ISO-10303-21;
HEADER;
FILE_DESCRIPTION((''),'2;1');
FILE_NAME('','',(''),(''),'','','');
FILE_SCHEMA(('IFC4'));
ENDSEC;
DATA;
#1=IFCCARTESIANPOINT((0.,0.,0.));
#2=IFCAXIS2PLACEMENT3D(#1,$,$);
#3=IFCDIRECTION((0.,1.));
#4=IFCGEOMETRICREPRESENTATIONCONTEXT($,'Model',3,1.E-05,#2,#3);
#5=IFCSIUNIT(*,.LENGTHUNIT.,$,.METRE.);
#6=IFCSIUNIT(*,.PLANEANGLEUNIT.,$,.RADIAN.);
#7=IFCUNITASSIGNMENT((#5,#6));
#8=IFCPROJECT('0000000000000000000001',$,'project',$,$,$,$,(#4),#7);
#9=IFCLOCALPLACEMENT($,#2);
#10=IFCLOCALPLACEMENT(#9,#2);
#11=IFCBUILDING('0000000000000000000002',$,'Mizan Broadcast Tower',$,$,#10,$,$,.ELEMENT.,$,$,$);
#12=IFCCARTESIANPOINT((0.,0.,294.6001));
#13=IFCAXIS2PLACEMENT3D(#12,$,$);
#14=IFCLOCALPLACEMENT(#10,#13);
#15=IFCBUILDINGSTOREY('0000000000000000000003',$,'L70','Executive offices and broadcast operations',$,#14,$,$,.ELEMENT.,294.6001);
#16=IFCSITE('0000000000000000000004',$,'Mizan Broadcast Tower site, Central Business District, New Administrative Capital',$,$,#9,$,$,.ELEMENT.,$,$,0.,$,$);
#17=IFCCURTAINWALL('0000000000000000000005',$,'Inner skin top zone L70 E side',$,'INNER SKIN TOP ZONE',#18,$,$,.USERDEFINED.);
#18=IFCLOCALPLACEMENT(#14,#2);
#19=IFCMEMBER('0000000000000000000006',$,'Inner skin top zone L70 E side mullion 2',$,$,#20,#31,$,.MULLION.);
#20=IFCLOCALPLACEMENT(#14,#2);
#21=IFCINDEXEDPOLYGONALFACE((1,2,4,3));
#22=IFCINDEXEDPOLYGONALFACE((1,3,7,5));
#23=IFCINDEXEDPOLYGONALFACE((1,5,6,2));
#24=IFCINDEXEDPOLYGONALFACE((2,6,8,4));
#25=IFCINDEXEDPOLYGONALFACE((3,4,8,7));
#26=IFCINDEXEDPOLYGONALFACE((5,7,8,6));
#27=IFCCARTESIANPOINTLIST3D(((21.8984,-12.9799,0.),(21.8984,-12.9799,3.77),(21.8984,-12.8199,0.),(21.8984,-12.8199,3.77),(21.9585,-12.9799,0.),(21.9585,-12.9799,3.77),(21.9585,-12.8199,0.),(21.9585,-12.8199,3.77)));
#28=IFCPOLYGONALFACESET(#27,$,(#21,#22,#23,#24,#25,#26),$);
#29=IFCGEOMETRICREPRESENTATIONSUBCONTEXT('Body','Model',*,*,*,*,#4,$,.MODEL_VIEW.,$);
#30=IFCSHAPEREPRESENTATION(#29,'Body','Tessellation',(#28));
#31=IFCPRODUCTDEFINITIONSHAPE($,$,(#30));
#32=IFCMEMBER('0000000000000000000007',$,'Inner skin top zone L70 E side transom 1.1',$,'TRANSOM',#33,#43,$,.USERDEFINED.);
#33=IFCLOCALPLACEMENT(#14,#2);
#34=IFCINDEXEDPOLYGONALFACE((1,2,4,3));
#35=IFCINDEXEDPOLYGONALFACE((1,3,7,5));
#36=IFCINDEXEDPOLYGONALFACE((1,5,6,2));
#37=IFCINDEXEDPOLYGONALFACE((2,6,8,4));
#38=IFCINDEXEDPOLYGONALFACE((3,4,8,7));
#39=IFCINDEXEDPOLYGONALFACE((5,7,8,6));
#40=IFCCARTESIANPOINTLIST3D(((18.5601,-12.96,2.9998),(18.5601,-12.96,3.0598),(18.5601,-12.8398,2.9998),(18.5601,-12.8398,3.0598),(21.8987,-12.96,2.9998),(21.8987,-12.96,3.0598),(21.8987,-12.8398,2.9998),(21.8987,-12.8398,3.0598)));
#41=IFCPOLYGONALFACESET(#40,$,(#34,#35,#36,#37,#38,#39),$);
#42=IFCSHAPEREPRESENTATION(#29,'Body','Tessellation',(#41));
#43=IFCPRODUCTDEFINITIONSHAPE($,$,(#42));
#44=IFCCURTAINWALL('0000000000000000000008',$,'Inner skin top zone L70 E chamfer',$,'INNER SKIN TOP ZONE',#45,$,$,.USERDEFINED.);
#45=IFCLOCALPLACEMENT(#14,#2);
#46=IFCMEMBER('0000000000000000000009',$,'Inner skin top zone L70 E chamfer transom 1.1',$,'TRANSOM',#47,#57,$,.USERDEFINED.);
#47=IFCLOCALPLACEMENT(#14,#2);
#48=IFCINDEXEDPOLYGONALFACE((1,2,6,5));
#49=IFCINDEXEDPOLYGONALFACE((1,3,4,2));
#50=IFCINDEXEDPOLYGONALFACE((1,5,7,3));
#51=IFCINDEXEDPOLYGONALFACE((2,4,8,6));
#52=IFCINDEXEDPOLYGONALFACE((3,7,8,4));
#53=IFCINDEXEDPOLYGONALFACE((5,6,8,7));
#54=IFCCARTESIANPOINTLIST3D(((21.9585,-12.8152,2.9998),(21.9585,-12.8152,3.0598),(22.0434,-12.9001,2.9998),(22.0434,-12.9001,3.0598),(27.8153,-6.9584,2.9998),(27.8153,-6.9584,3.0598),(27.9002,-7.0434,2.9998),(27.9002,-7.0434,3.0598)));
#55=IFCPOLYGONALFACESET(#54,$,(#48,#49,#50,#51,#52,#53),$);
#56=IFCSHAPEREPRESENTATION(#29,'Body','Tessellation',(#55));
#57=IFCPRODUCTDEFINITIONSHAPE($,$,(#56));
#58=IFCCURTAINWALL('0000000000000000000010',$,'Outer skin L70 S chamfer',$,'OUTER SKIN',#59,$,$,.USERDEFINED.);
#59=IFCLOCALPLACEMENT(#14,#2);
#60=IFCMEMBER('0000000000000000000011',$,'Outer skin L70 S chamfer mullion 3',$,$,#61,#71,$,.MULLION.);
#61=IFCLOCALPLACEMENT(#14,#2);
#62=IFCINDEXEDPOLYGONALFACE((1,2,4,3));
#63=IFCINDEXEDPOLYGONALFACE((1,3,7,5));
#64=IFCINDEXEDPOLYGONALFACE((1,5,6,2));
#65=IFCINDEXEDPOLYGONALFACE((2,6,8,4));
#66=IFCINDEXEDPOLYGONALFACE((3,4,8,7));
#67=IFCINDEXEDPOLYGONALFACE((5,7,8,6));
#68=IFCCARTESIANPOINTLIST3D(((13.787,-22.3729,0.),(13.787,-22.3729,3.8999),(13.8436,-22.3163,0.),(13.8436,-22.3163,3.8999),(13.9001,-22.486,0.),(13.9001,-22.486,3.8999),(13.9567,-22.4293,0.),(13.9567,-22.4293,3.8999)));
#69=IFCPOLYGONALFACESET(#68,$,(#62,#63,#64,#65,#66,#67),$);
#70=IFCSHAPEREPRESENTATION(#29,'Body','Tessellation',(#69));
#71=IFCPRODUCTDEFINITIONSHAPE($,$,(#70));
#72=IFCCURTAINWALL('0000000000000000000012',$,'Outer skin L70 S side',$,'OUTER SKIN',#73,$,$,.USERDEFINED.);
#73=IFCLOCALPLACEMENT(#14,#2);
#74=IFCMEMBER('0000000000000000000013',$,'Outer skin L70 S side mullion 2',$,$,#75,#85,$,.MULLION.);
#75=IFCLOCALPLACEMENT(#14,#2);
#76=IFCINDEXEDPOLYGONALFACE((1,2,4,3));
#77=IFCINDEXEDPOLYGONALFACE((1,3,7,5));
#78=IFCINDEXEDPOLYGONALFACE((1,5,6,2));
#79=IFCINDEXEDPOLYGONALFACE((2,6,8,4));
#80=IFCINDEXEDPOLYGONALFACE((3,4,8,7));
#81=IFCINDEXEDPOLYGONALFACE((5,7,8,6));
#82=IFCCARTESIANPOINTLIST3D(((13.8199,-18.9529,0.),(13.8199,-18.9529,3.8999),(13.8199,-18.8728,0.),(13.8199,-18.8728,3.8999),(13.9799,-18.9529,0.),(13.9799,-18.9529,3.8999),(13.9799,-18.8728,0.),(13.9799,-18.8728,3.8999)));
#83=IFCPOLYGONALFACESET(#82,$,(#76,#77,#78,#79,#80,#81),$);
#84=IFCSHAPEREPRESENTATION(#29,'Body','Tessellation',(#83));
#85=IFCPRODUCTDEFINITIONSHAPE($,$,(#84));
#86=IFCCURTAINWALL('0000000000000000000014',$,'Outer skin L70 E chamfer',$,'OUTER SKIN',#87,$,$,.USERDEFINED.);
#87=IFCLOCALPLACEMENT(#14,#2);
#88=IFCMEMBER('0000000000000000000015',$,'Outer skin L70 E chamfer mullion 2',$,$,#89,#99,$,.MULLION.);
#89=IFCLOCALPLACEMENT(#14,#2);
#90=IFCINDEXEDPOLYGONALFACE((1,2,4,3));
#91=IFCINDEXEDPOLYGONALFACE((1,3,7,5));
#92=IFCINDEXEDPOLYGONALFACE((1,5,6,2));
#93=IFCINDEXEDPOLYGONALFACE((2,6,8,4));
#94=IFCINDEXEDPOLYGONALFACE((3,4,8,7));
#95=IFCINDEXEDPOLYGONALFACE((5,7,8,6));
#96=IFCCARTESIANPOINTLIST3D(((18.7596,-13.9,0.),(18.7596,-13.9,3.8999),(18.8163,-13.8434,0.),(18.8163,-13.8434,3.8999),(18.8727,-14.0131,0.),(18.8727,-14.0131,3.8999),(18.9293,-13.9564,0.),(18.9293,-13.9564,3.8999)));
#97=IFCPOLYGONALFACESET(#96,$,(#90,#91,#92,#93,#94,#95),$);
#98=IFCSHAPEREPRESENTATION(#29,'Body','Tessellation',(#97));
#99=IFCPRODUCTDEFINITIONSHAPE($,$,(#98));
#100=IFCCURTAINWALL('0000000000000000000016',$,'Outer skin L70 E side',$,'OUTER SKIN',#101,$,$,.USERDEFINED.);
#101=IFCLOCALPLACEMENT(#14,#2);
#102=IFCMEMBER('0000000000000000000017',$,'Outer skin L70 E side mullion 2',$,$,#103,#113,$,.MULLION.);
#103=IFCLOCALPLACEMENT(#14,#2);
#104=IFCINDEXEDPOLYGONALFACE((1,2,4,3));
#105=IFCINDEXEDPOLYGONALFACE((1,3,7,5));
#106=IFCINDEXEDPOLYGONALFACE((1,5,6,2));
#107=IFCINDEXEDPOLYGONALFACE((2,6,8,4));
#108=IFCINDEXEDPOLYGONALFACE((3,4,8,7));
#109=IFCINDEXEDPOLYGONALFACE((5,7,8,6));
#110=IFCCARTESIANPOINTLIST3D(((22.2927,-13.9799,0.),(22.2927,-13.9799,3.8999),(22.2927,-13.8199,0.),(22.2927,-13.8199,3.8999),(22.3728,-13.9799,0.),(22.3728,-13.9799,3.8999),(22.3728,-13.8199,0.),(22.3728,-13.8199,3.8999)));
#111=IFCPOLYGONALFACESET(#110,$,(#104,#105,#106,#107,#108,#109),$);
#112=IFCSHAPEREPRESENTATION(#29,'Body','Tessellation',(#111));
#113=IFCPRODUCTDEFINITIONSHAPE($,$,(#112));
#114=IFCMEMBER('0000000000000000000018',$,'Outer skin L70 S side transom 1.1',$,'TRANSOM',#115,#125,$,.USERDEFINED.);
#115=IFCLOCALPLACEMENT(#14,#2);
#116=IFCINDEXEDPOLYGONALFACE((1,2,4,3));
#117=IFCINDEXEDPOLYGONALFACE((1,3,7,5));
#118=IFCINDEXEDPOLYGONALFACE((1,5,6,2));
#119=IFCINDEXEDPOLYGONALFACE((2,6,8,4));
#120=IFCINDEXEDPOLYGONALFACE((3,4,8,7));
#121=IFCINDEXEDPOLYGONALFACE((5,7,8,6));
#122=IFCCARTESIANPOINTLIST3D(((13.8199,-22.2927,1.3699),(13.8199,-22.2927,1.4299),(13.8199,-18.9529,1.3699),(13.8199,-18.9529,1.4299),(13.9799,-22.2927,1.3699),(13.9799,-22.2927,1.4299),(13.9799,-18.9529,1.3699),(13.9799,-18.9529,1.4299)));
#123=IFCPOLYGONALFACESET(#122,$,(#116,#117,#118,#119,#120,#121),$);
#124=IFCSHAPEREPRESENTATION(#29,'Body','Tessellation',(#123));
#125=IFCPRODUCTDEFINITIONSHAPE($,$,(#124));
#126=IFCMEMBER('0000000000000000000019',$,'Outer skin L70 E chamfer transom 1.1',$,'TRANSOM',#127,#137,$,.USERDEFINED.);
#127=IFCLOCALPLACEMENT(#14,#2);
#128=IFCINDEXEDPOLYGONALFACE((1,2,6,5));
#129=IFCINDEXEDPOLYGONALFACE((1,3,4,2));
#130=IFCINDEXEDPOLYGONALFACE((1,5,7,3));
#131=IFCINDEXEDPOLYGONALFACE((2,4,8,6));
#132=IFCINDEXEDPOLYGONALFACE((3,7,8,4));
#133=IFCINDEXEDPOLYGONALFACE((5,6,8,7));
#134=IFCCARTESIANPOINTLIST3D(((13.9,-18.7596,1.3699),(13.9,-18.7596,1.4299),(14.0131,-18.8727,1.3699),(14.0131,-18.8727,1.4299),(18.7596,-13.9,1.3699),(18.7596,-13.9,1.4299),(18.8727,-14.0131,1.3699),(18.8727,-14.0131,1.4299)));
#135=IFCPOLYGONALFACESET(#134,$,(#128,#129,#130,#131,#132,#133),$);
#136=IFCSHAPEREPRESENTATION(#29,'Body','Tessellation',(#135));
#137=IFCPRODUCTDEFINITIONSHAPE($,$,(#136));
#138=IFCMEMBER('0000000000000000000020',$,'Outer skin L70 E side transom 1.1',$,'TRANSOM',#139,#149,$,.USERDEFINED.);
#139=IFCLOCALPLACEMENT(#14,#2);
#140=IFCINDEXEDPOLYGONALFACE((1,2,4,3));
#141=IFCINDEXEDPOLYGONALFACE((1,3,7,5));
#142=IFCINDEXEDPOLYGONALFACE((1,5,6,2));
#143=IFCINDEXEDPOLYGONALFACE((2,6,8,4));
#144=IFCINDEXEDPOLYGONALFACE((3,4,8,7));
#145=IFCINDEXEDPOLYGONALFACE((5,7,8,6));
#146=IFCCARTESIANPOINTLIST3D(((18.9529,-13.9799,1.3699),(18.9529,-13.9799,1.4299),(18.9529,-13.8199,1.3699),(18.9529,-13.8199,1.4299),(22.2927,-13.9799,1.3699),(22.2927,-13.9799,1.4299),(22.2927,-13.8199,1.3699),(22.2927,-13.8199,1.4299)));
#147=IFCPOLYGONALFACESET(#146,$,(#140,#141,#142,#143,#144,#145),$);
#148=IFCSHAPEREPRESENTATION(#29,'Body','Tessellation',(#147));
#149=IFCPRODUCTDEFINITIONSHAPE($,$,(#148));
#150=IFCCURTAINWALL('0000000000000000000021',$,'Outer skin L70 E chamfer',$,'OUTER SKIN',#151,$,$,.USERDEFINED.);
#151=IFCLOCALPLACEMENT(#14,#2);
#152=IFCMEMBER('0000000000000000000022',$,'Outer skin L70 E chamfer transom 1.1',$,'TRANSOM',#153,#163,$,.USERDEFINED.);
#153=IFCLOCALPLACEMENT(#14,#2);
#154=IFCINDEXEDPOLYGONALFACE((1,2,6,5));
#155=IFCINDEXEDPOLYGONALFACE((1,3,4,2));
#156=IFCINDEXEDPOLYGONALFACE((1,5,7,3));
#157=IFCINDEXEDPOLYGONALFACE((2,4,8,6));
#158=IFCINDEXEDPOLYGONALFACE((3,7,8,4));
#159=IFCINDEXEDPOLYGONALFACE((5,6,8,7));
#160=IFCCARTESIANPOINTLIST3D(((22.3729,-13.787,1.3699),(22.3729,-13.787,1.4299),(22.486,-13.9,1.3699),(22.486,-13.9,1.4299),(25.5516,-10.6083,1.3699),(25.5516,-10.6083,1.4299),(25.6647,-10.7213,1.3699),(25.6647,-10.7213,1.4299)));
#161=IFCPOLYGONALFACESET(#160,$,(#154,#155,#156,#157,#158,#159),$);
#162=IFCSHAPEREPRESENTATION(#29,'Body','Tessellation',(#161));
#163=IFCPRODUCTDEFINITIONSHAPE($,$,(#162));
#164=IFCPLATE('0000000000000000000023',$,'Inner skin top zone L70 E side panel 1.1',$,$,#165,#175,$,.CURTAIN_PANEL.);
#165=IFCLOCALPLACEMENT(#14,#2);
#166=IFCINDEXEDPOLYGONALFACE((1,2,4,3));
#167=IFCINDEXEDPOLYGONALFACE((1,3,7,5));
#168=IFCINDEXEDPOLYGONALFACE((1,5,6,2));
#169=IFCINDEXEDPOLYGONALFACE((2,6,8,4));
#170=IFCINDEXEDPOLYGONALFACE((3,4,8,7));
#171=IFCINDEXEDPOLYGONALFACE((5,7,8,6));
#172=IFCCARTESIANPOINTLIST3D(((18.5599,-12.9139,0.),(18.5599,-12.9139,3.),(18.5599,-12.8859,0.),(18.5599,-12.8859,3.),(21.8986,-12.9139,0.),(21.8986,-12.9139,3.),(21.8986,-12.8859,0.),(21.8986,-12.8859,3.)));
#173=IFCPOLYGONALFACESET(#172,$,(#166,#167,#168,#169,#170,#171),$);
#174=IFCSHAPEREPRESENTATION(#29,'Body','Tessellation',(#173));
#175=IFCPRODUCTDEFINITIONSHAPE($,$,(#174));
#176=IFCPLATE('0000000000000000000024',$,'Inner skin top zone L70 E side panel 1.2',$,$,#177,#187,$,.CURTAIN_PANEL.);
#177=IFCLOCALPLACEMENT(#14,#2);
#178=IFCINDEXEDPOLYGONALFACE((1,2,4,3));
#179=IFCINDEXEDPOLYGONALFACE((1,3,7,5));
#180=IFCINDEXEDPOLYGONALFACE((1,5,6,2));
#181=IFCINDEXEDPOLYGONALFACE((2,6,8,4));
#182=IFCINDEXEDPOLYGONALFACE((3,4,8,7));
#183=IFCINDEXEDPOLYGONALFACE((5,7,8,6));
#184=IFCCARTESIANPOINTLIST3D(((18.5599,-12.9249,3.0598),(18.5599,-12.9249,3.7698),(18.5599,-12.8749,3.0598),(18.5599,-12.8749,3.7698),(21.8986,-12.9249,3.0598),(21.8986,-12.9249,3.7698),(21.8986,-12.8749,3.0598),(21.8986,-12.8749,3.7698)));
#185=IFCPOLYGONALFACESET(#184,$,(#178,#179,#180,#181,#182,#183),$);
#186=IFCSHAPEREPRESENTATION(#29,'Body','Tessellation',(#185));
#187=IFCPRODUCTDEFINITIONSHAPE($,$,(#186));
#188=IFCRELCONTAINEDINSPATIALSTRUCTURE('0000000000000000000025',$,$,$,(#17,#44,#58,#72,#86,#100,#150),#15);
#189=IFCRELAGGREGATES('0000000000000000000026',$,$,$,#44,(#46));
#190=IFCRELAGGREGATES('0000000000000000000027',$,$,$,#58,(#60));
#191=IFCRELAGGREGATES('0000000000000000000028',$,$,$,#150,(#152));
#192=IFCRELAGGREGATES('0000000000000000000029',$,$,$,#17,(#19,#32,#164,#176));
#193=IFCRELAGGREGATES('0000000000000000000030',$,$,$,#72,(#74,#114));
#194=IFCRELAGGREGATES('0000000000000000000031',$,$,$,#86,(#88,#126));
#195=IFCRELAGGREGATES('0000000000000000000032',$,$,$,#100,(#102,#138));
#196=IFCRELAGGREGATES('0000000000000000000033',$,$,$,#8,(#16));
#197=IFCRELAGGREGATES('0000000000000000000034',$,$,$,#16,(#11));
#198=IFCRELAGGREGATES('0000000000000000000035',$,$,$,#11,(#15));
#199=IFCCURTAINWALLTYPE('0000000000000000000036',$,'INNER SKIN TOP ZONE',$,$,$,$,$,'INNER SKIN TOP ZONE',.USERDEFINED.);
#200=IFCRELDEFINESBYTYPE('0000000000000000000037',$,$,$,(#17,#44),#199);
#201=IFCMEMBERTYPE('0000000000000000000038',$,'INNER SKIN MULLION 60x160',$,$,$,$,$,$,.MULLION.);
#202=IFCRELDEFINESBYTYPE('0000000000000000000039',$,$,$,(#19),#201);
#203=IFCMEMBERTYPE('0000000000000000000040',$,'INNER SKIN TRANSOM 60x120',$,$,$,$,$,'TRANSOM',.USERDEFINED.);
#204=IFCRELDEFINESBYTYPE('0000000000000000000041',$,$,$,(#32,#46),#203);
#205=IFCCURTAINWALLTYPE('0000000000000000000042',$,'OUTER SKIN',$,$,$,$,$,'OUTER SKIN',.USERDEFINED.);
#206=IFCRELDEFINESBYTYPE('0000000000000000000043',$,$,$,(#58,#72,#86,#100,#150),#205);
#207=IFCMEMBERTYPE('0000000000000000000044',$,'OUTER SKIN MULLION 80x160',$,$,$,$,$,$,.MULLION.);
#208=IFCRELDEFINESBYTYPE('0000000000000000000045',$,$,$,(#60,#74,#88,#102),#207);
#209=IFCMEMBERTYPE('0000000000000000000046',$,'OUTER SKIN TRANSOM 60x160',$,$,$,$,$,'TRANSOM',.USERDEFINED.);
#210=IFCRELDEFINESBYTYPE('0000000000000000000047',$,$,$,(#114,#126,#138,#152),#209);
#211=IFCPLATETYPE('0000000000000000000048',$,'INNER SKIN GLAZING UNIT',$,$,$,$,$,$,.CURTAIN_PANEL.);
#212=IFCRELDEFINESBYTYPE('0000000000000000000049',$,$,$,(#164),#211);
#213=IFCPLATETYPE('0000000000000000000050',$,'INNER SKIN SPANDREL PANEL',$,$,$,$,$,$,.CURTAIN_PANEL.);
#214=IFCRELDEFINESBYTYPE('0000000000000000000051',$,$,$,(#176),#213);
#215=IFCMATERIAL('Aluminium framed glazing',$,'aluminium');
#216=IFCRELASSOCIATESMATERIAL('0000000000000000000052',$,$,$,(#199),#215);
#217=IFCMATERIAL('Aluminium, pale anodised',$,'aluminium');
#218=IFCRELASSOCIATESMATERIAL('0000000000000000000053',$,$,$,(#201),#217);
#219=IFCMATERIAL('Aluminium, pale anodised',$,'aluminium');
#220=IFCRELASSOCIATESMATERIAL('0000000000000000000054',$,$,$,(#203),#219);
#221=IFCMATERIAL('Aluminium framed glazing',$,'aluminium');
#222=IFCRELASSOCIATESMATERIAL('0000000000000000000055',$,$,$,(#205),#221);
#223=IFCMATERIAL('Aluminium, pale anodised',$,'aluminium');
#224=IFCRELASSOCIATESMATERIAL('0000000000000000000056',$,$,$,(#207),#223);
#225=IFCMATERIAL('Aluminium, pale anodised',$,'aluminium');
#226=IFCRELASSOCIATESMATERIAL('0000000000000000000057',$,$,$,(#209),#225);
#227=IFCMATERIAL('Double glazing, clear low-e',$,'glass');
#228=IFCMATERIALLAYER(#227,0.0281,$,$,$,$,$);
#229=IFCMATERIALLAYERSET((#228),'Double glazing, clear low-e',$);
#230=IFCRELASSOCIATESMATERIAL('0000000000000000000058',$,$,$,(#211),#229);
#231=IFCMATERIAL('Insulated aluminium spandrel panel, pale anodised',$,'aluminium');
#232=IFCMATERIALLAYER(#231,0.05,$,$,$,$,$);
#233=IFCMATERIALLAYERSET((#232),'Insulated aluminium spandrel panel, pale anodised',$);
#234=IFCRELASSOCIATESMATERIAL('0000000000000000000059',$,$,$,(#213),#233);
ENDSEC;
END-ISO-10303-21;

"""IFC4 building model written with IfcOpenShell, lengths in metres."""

from ifc_helpers import new_model, si_unit, direction, frame, origin, origin_2d, place, context, subcontext, project, spatial, rectangle, extrude, material, layer, layer_set, material_profile, profile_set, type_object, element, aggregate, save


model = new_model("IFC4")

# Units and contexts
model_context = context("Model", 3, precision=1e-05, world=origin(), true_north=direction((0.0, 1.0)))
body_context = subcontext(model_context, "Body", "Model", "MODEL_VIEW")
ifc_project = project(units=[si_unit("LENGTHUNIT", "METRE"), si_unit("PLANEANGLEUNIT", "RADIAN")], contexts=[model_context])

# Site, building, storey
site_placement = place(None, origin())
site = spatial("IfcSite", under=ifc_project, at=site_placement, Name="Mizan Broadcast Tower site, Central Business District, New Administrative Capital", CompositionType="ELEMENT", RefElevation=0.0)
building_placement = place(site_placement, origin())
building = spatial("IfcBuilding", under=site, at=building_placement, Name="Mizan Broadcast Tower", CompositionType="ELEMENT")
storey_placement = place(building_placement, frame((0.0, 0.0, 294.6001)))
storey = spatial("IfcBuildingStorey", under=building, at=storey_placement, Name="L70", Description="Executive offices and broadcast operations", CompositionType="ELEMENT", Elevation=294.6001)

# Curtain wall, members
ifc_material_1 = material(Name="Aluminium framed glazing", Category="aluminium")
curtain_wall_type_1 = type_object("IfcCurtainWallType", Name="INNER SKIN TOP ZONE", ElementType="INNER SKIN TOP ZONE", PredefinedType="USERDEFINED", material=ifc_material_1)
curtain_wall_1_placement = place(storey_placement, origin())
curtain_wall_1 = element("IfcCurtainWall", 1, at=curtain_wall_1_placement, inside=storey, type_object=curtain_wall_type_1, Name="Inner skin top zone L70 E side", ObjectType="INNER SKIN TOP ZONE", PredefinedType="USERDEFINED")
ifc_material_2 = material(Name="Aluminium, pale anodised", Category="aluminium")
ifc_material_profile_1 = material_profile(ifc_material_2, rectangle(XDim=0.1599, YDim=0.0601, at=origin_2d()), Name="MULLION 160x60")
ifc_profile_set_1 = profile_set([ifc_material_profile_1], Name="Aluminium, pale anodised")
member_type_1 = type_object("IfcMemberType", Name="INNER SKIN MULLION 60x160", PredefinedType="MULLION", material=ifc_profile_set_1)
member_1_placement = place(storey_placement, frame((21.9285, -12.8999, 0.0), z_axis=(0.0, 0.0, 1.0), x_axis=(0.0, 1.0, 0.0)))
member_1 = element("IfcMember", 2, at=member_1_placement, type_object=member_type_1, Name="Inner skin top zone L70 E side mullion 2", PredefinedType="MULLION", context=body_context, shape_type="SweptSolid", body=[
    extrude(rectangle(XDim=0.1599, YDim=0.0601, at=origin_2d()), origin(), (0.0, 0.0, 1.0), 3.77),
])
ifc_material_3 = material(Name="Aluminium, pale anodised", Category="aluminium")
ifc_material_profile_2 = material_profile(ifc_material_3, rectangle(XDim=0.1201, YDim=0.0601, at=origin_2d()), Name="TRANSOM 120x60")
ifc_profile_set_2 = profile_set([ifc_material_profile_2], Name="Aluminium, pale anodised")
member_type_2 = type_object("IfcMemberType", Name="INNER SKIN TRANSOM 60x120", ElementType="TRANSOM", PredefinedType="USERDEFINED", material=ifc_profile_set_2)
member_2_placement = place(storey_placement, frame((18.5601, -12.8999, 3.0298), z_axis=(1.0, 0.0, 0.0), x_axis=(0.0, 1.0, 0.0)))
member_2 = element("IfcMember", 3, at=member_2_placement, type_object=member_type_2, Name="Inner skin top zone L70 E side transom 1.1", ObjectType="TRANSOM", PredefinedType="USERDEFINED", context=body_context, shape_type="SweptSolid", body=[
    extrude(rectangle(XDim=0.1201, YDim=0.0601, at=origin_2d()), origin(), (0.0, 0.0, 1.0), 3.3386),
])

# Curtain walls, members
curtain_wall_2_placement = place(storey_placement, origin())
curtain_wall_2 = element("IfcCurtainWall", 4, at=curtain_wall_2_placement, inside=storey, type_object=curtain_wall_type_1, Name="Inner skin top zone L70 E chamfer", ObjectType="INNER SKIN TOP ZONE", PredefinedType="USERDEFINED")
member_3_placement = place(storey_placement, frame((22.001, -12.8577, 3.0298), z_axis=(0.707107, 0.707107, 0.0), x_axis=(-0.707107, 0.707107, 0.0)))
member_3 = element("IfcMember", 5, at=member_3_placement, type_object=member_type_2, Name="Inner skin top zone L70 E chamfer transom 1.1", ObjectType="TRANSOM", PredefinedType="USERDEFINED", context=body_context, shape_type="SweptSolid", body=[
    extrude(rectangle(XDim=0.1201, YDim=0.0601, at=origin_2d()), origin(), (0.0, 0.0, 1.0), 8.2827),
])
aggregate(curtain_wall_2, [member_3])
ifc_material_4 = material(Name="Aluminium framed glazing", Category="aluminium")
curtain_wall_type_2 = type_object("IfcCurtainWallType", Name="OUTER SKIN", ElementType="OUTER SKIN", PredefinedType="USERDEFINED", material=ifc_material_4)
curtain_wall_3_placement = place(storey_placement, origin())
curtain_wall_3 = element("IfcCurtainWall", 6, at=curtain_wall_3_placement, inside=storey, type_object=curtain_wall_type_2, Name="Outer skin L70 S chamfer", ObjectType="OUTER SKIN", PredefinedType="USERDEFINED")
ifc_material_5 = material(Name="Aluminium, pale anodised", Category="aluminium")
ifc_material_profile_3 = material_profile(ifc_material_5, rectangle(XDim=0.1599, YDim=0.0801, at=origin_2d()), Name="MULLION 160x80")
ifc_profile_set_3 = profile_set([ifc_material_profile_3], Name="Aluminium, pale anodised")
member_type_3 = type_object("IfcMemberType", Name="OUTER SKIN MULLION 80x160", PredefinedType="MULLION", material=ifc_profile_set_3)
member_4_placement = place(storey_placement, frame((13.8718, -22.4011, 0.0), z_axis=(0.0, 0.0, 1.0), x_axis=(-0.707107, 0.707107, 0.0)))
member_4 = element("IfcMember", 7, at=member_4_placement, type_object=member_type_3, Name="Outer skin L70 S chamfer mullion 3", PredefinedType="MULLION", context=body_context, shape_type="SweptSolid", body=[
    extrude(rectangle(XDim=0.1599, YDim=0.0801, at=origin_2d()), origin(), (0.0, 0.0, 1.0), 3.8999),
])
aggregate(curtain_wall_3, [member_4])
curtain_wall_4_placement = place(storey_placement, origin())
curtain_wall_4 = element("IfcCurtainWall", 8, at=curtain_wall_4_placement, inside=storey, type_object=curtain_wall_type_2, Name="Outer skin L70 S side", ObjectType="OUTER SKIN", PredefinedType="USERDEFINED")
member_5_placement = place(storey_placement, frame((13.8999, -18.9128, 0.0), z_axis=(0.0, 0.0, 1.0), x_axis=(-1.0, 0.0, 0.0)))
member_5 = element("IfcMember", 9, at=member_5_placement, type_object=member_type_3, Name="Outer skin L70 S side mullion 2", PredefinedType="MULLION", context=body_context, shape_type="SweptSolid", body=[
    extrude(rectangle(XDim=0.1599, YDim=0.0801, at=origin_2d()), origin(), (0.0, 0.0, 1.0), 3.8999),
])
curtain_wall_5_placement = place(storey_placement, origin())
curtain_wall_5 = element("IfcCurtainWall", 10, at=curtain_wall_5_placement, inside=storey, type_object=curtain_wall_type_2, Name="Outer skin L70 E chamfer", ObjectType="OUTER SKIN", PredefinedType="USERDEFINED")
member_6_placement = place(storey_placement, frame((18.8445, -13.9282, 0.0), z_axis=(0.0, 0.0, 1.0), x_axis=(-0.707107, 0.707107, 0.0)))
member_6 = element("IfcMember", 11, at=member_6_placement, type_object=member_type_3, Name="Outer skin L70 E chamfer mullion 2", PredefinedType="MULLION", context=body_context, shape_type="SweptSolid", body=[
    extrude(rectangle(XDim=0.1599, YDim=0.0801, at=origin_2d()), origin(), (0.0, 0.0, 1.0), 3.8999),
])
curtain_wall_6_placement = place(storey_placement, origin())
curtain_wall_6 = element("IfcCurtainWall", 12, at=curtain_wall_6_placement, inside=storey, type_object=curtain_wall_type_2, Name="Outer skin L70 E side", ObjectType="OUTER SKIN", PredefinedType="USERDEFINED")
member_7_placement = place(storey_placement, frame((22.3328, -13.8999, 0.0), z_axis=(0.0, 0.0, 1.0), x_axis=(0.0, 1.0, 0.0)))
member_7 = element("IfcMember", 13, at=member_7_placement, type_object=member_type_3, Name="Outer skin L70 E side mullion 2", PredefinedType="MULLION", context=body_context, shape_type="SweptSolid", body=[
    extrude(rectangle(XDim=0.1599, YDim=0.0801, at=origin_2d()), origin(), (0.0, 0.0, 1.0), 3.8999),
])

# Members
ifc_material_6 = material(Name="Aluminium, pale anodised", Category="aluminium")
ifc_material_profile_4 = material_profile(ifc_material_6, rectangle(XDim=0.1599, YDim=0.0601, at=origin_2d()), Name="TRANSOM 160x60")
ifc_profile_set_4 = profile_set([ifc_material_profile_4], Name="Aluminium, pale anodised")
member_type_4 = type_object("IfcMemberType", Name="OUTER SKIN TRANSOM 60x160", ElementType="TRANSOM", PredefinedType="USERDEFINED", material=ifc_profile_set_4)
member_8_placement = place(storey_placement, frame((13.8999, -22.2927, 1.3999), z_axis=(0.0, 1.0, 0.0), x_axis=(-1.0, 0.0, 0.0)))
member_8 = element("IfcMember", 14, at=member_8_placement, type_object=member_type_4, Name="Outer skin L70 S side transom 1.1", ObjectType="TRANSOM", PredefinedType="USERDEFINED", context=body_context, shape_type="SweptSolid", body=[
    extrude(rectangle(XDim=0.1599, YDim=0.0601, at=origin_2d()), origin(), (0.0, 0.0, 1.0), 3.3398),
])
member_9_placement = place(storey_placement, frame((13.9565, -18.8162, 1.3999), z_axis=(0.707107, 0.707107, 0.0), x_axis=(-0.707107, 0.707107, 0.0)))
member_9 = element("IfcMember", 15, at=member_9_placement, type_object=member_type_4, Name="Outer skin L70 E chamfer transom 1.1", ObjectType="TRANSOM", PredefinedType="USERDEFINED", context=body_context, shape_type="SweptSolid", body=[
    extrude(rectangle(XDim=0.1599, YDim=0.0601, at=origin_2d()), origin(), (0.0, 0.0, 1.0), 6.8726),
])
member_10_placement = place(storey_placement, frame((18.9529, -13.8999, 1.3999), z_axis=(1.0, 0.0, 0.0), x_axis=(0.0, 1.0, 0.0)))
member_10 = element("IfcMember", 16, at=member_10_placement, type_object=member_type_4, Name="Outer skin L70 E side transom 1.1", ObjectType="TRANSOM", PredefinedType="USERDEFINED", context=body_context, shape_type="SweptSolid", body=[
    extrude(rectangle(XDim=0.1599, YDim=0.0601, at=origin_2d()), origin(), (0.0, 0.0, 1.0), 3.3398),
])

# Curtain wall, member
curtain_wall_7_placement = place(storey_placement, origin())
curtain_wall_7 = element("IfcCurtainWall", 17, at=curtain_wall_7_placement, inside=storey, type_object=curtain_wall_type_2, Name="Outer skin L70 E chamfer", ObjectType="OUTER SKIN", PredefinedType="USERDEFINED")
member_11_placement = place(storey_placement, frame((22.4294, -13.8435, 1.3999), z_axis=(0.707107, 0.707107, 0.0), x_axis=(-0.707107, 0.707107, 0.0)))
member_11 = element("IfcMember", 18, at=member_11_placement, type_object=member_type_4, Name="Outer skin L70 E chamfer transom 1.1", ObjectType="TRANSOM", PredefinedType="USERDEFINED", context=body_context, shape_type="SweptSolid", body=[
    extrude(rectangle(XDim=0.1599, YDim=0.0601, at=origin_2d()), origin(), (0.0, 0.0, 1.0), 4.4954),
])
aggregate(curtain_wall_7, [member_11])

# Plates
ifc_material_7 = material(Name="Double glazing, clear low-e", Category="glass")
ifc_layer_1 = layer(ifc_material_7, 0.0281)
ifc_layer_set_1 = layer_set([ifc_layer_1], Name="Double glazing, clear low-e")
plate_type_1 = type_object("IfcPlateType", Name="INNER SKIN GLAZING UNIT", PredefinedType="CURTAIN_PANEL", material=ifc_layer_set_1)
plate_1_placement = place(storey_placement, frame((20.2292, -12.8999, 0.0), z_axis=(0.0, 0.0, 1.0), x_axis=(1.0, 0.0, 0.0)))
plate_1 = element("IfcPlate", 19, at=plate_1_placement, type_object=plate_type_1, Name="Inner skin top zone L70 E side panel 1.1", PredefinedType="CURTAIN_PANEL", context=body_context, shape_type="SweptSolid", body=[
    extrude(rectangle(XDim=3.3386, YDim=0.0281, at=origin_2d()), origin(), (0.0, 0.0, 1.0), 3.0),
])
ifc_material_8 = material(Name="Insulated aluminium spandrel panel, pale anodised", Category="aluminium")
ifc_layer_2 = layer(ifc_material_8, 0.05)
ifc_layer_set_2 = layer_set([ifc_layer_2], Name="Insulated aluminium spandrel panel, pale anodised")
plate_type_2 = type_object("IfcPlateType", Name="INNER SKIN SPANDREL PANEL", PredefinedType="CURTAIN_PANEL", material=ifc_layer_set_2)
plate_2_placement = place(storey_placement, frame((20.2292, -12.8999, 3.0598), z_axis=(0.0, 0.0, 1.0), x_axis=(1.0, 0.0, 0.0)))
plate_2 = element("IfcPlate", 20, at=plate_2_placement, type_object=plate_type_2, Name="Inner skin top zone L70 E side panel 1.2", PredefinedType="CURTAIN_PANEL", context=body_context, shape_type="SweptSolid", body=[
    extrude(rectangle(XDim=3.3386, YDim=0.05, at=origin_2d()), origin(), (0.0, 0.0, 1.0), 0.71),
])
aggregate(curtain_wall_1, [member_1, member_2, plate_1, plate_2])
aggregate(curtain_wall_4, [member_5, member_8])
aggregate(curtain_wall_5, [member_6, member_9])
aggregate(curtain_wall_6, [member_7, member_10])

save(model, "model.ifc")
